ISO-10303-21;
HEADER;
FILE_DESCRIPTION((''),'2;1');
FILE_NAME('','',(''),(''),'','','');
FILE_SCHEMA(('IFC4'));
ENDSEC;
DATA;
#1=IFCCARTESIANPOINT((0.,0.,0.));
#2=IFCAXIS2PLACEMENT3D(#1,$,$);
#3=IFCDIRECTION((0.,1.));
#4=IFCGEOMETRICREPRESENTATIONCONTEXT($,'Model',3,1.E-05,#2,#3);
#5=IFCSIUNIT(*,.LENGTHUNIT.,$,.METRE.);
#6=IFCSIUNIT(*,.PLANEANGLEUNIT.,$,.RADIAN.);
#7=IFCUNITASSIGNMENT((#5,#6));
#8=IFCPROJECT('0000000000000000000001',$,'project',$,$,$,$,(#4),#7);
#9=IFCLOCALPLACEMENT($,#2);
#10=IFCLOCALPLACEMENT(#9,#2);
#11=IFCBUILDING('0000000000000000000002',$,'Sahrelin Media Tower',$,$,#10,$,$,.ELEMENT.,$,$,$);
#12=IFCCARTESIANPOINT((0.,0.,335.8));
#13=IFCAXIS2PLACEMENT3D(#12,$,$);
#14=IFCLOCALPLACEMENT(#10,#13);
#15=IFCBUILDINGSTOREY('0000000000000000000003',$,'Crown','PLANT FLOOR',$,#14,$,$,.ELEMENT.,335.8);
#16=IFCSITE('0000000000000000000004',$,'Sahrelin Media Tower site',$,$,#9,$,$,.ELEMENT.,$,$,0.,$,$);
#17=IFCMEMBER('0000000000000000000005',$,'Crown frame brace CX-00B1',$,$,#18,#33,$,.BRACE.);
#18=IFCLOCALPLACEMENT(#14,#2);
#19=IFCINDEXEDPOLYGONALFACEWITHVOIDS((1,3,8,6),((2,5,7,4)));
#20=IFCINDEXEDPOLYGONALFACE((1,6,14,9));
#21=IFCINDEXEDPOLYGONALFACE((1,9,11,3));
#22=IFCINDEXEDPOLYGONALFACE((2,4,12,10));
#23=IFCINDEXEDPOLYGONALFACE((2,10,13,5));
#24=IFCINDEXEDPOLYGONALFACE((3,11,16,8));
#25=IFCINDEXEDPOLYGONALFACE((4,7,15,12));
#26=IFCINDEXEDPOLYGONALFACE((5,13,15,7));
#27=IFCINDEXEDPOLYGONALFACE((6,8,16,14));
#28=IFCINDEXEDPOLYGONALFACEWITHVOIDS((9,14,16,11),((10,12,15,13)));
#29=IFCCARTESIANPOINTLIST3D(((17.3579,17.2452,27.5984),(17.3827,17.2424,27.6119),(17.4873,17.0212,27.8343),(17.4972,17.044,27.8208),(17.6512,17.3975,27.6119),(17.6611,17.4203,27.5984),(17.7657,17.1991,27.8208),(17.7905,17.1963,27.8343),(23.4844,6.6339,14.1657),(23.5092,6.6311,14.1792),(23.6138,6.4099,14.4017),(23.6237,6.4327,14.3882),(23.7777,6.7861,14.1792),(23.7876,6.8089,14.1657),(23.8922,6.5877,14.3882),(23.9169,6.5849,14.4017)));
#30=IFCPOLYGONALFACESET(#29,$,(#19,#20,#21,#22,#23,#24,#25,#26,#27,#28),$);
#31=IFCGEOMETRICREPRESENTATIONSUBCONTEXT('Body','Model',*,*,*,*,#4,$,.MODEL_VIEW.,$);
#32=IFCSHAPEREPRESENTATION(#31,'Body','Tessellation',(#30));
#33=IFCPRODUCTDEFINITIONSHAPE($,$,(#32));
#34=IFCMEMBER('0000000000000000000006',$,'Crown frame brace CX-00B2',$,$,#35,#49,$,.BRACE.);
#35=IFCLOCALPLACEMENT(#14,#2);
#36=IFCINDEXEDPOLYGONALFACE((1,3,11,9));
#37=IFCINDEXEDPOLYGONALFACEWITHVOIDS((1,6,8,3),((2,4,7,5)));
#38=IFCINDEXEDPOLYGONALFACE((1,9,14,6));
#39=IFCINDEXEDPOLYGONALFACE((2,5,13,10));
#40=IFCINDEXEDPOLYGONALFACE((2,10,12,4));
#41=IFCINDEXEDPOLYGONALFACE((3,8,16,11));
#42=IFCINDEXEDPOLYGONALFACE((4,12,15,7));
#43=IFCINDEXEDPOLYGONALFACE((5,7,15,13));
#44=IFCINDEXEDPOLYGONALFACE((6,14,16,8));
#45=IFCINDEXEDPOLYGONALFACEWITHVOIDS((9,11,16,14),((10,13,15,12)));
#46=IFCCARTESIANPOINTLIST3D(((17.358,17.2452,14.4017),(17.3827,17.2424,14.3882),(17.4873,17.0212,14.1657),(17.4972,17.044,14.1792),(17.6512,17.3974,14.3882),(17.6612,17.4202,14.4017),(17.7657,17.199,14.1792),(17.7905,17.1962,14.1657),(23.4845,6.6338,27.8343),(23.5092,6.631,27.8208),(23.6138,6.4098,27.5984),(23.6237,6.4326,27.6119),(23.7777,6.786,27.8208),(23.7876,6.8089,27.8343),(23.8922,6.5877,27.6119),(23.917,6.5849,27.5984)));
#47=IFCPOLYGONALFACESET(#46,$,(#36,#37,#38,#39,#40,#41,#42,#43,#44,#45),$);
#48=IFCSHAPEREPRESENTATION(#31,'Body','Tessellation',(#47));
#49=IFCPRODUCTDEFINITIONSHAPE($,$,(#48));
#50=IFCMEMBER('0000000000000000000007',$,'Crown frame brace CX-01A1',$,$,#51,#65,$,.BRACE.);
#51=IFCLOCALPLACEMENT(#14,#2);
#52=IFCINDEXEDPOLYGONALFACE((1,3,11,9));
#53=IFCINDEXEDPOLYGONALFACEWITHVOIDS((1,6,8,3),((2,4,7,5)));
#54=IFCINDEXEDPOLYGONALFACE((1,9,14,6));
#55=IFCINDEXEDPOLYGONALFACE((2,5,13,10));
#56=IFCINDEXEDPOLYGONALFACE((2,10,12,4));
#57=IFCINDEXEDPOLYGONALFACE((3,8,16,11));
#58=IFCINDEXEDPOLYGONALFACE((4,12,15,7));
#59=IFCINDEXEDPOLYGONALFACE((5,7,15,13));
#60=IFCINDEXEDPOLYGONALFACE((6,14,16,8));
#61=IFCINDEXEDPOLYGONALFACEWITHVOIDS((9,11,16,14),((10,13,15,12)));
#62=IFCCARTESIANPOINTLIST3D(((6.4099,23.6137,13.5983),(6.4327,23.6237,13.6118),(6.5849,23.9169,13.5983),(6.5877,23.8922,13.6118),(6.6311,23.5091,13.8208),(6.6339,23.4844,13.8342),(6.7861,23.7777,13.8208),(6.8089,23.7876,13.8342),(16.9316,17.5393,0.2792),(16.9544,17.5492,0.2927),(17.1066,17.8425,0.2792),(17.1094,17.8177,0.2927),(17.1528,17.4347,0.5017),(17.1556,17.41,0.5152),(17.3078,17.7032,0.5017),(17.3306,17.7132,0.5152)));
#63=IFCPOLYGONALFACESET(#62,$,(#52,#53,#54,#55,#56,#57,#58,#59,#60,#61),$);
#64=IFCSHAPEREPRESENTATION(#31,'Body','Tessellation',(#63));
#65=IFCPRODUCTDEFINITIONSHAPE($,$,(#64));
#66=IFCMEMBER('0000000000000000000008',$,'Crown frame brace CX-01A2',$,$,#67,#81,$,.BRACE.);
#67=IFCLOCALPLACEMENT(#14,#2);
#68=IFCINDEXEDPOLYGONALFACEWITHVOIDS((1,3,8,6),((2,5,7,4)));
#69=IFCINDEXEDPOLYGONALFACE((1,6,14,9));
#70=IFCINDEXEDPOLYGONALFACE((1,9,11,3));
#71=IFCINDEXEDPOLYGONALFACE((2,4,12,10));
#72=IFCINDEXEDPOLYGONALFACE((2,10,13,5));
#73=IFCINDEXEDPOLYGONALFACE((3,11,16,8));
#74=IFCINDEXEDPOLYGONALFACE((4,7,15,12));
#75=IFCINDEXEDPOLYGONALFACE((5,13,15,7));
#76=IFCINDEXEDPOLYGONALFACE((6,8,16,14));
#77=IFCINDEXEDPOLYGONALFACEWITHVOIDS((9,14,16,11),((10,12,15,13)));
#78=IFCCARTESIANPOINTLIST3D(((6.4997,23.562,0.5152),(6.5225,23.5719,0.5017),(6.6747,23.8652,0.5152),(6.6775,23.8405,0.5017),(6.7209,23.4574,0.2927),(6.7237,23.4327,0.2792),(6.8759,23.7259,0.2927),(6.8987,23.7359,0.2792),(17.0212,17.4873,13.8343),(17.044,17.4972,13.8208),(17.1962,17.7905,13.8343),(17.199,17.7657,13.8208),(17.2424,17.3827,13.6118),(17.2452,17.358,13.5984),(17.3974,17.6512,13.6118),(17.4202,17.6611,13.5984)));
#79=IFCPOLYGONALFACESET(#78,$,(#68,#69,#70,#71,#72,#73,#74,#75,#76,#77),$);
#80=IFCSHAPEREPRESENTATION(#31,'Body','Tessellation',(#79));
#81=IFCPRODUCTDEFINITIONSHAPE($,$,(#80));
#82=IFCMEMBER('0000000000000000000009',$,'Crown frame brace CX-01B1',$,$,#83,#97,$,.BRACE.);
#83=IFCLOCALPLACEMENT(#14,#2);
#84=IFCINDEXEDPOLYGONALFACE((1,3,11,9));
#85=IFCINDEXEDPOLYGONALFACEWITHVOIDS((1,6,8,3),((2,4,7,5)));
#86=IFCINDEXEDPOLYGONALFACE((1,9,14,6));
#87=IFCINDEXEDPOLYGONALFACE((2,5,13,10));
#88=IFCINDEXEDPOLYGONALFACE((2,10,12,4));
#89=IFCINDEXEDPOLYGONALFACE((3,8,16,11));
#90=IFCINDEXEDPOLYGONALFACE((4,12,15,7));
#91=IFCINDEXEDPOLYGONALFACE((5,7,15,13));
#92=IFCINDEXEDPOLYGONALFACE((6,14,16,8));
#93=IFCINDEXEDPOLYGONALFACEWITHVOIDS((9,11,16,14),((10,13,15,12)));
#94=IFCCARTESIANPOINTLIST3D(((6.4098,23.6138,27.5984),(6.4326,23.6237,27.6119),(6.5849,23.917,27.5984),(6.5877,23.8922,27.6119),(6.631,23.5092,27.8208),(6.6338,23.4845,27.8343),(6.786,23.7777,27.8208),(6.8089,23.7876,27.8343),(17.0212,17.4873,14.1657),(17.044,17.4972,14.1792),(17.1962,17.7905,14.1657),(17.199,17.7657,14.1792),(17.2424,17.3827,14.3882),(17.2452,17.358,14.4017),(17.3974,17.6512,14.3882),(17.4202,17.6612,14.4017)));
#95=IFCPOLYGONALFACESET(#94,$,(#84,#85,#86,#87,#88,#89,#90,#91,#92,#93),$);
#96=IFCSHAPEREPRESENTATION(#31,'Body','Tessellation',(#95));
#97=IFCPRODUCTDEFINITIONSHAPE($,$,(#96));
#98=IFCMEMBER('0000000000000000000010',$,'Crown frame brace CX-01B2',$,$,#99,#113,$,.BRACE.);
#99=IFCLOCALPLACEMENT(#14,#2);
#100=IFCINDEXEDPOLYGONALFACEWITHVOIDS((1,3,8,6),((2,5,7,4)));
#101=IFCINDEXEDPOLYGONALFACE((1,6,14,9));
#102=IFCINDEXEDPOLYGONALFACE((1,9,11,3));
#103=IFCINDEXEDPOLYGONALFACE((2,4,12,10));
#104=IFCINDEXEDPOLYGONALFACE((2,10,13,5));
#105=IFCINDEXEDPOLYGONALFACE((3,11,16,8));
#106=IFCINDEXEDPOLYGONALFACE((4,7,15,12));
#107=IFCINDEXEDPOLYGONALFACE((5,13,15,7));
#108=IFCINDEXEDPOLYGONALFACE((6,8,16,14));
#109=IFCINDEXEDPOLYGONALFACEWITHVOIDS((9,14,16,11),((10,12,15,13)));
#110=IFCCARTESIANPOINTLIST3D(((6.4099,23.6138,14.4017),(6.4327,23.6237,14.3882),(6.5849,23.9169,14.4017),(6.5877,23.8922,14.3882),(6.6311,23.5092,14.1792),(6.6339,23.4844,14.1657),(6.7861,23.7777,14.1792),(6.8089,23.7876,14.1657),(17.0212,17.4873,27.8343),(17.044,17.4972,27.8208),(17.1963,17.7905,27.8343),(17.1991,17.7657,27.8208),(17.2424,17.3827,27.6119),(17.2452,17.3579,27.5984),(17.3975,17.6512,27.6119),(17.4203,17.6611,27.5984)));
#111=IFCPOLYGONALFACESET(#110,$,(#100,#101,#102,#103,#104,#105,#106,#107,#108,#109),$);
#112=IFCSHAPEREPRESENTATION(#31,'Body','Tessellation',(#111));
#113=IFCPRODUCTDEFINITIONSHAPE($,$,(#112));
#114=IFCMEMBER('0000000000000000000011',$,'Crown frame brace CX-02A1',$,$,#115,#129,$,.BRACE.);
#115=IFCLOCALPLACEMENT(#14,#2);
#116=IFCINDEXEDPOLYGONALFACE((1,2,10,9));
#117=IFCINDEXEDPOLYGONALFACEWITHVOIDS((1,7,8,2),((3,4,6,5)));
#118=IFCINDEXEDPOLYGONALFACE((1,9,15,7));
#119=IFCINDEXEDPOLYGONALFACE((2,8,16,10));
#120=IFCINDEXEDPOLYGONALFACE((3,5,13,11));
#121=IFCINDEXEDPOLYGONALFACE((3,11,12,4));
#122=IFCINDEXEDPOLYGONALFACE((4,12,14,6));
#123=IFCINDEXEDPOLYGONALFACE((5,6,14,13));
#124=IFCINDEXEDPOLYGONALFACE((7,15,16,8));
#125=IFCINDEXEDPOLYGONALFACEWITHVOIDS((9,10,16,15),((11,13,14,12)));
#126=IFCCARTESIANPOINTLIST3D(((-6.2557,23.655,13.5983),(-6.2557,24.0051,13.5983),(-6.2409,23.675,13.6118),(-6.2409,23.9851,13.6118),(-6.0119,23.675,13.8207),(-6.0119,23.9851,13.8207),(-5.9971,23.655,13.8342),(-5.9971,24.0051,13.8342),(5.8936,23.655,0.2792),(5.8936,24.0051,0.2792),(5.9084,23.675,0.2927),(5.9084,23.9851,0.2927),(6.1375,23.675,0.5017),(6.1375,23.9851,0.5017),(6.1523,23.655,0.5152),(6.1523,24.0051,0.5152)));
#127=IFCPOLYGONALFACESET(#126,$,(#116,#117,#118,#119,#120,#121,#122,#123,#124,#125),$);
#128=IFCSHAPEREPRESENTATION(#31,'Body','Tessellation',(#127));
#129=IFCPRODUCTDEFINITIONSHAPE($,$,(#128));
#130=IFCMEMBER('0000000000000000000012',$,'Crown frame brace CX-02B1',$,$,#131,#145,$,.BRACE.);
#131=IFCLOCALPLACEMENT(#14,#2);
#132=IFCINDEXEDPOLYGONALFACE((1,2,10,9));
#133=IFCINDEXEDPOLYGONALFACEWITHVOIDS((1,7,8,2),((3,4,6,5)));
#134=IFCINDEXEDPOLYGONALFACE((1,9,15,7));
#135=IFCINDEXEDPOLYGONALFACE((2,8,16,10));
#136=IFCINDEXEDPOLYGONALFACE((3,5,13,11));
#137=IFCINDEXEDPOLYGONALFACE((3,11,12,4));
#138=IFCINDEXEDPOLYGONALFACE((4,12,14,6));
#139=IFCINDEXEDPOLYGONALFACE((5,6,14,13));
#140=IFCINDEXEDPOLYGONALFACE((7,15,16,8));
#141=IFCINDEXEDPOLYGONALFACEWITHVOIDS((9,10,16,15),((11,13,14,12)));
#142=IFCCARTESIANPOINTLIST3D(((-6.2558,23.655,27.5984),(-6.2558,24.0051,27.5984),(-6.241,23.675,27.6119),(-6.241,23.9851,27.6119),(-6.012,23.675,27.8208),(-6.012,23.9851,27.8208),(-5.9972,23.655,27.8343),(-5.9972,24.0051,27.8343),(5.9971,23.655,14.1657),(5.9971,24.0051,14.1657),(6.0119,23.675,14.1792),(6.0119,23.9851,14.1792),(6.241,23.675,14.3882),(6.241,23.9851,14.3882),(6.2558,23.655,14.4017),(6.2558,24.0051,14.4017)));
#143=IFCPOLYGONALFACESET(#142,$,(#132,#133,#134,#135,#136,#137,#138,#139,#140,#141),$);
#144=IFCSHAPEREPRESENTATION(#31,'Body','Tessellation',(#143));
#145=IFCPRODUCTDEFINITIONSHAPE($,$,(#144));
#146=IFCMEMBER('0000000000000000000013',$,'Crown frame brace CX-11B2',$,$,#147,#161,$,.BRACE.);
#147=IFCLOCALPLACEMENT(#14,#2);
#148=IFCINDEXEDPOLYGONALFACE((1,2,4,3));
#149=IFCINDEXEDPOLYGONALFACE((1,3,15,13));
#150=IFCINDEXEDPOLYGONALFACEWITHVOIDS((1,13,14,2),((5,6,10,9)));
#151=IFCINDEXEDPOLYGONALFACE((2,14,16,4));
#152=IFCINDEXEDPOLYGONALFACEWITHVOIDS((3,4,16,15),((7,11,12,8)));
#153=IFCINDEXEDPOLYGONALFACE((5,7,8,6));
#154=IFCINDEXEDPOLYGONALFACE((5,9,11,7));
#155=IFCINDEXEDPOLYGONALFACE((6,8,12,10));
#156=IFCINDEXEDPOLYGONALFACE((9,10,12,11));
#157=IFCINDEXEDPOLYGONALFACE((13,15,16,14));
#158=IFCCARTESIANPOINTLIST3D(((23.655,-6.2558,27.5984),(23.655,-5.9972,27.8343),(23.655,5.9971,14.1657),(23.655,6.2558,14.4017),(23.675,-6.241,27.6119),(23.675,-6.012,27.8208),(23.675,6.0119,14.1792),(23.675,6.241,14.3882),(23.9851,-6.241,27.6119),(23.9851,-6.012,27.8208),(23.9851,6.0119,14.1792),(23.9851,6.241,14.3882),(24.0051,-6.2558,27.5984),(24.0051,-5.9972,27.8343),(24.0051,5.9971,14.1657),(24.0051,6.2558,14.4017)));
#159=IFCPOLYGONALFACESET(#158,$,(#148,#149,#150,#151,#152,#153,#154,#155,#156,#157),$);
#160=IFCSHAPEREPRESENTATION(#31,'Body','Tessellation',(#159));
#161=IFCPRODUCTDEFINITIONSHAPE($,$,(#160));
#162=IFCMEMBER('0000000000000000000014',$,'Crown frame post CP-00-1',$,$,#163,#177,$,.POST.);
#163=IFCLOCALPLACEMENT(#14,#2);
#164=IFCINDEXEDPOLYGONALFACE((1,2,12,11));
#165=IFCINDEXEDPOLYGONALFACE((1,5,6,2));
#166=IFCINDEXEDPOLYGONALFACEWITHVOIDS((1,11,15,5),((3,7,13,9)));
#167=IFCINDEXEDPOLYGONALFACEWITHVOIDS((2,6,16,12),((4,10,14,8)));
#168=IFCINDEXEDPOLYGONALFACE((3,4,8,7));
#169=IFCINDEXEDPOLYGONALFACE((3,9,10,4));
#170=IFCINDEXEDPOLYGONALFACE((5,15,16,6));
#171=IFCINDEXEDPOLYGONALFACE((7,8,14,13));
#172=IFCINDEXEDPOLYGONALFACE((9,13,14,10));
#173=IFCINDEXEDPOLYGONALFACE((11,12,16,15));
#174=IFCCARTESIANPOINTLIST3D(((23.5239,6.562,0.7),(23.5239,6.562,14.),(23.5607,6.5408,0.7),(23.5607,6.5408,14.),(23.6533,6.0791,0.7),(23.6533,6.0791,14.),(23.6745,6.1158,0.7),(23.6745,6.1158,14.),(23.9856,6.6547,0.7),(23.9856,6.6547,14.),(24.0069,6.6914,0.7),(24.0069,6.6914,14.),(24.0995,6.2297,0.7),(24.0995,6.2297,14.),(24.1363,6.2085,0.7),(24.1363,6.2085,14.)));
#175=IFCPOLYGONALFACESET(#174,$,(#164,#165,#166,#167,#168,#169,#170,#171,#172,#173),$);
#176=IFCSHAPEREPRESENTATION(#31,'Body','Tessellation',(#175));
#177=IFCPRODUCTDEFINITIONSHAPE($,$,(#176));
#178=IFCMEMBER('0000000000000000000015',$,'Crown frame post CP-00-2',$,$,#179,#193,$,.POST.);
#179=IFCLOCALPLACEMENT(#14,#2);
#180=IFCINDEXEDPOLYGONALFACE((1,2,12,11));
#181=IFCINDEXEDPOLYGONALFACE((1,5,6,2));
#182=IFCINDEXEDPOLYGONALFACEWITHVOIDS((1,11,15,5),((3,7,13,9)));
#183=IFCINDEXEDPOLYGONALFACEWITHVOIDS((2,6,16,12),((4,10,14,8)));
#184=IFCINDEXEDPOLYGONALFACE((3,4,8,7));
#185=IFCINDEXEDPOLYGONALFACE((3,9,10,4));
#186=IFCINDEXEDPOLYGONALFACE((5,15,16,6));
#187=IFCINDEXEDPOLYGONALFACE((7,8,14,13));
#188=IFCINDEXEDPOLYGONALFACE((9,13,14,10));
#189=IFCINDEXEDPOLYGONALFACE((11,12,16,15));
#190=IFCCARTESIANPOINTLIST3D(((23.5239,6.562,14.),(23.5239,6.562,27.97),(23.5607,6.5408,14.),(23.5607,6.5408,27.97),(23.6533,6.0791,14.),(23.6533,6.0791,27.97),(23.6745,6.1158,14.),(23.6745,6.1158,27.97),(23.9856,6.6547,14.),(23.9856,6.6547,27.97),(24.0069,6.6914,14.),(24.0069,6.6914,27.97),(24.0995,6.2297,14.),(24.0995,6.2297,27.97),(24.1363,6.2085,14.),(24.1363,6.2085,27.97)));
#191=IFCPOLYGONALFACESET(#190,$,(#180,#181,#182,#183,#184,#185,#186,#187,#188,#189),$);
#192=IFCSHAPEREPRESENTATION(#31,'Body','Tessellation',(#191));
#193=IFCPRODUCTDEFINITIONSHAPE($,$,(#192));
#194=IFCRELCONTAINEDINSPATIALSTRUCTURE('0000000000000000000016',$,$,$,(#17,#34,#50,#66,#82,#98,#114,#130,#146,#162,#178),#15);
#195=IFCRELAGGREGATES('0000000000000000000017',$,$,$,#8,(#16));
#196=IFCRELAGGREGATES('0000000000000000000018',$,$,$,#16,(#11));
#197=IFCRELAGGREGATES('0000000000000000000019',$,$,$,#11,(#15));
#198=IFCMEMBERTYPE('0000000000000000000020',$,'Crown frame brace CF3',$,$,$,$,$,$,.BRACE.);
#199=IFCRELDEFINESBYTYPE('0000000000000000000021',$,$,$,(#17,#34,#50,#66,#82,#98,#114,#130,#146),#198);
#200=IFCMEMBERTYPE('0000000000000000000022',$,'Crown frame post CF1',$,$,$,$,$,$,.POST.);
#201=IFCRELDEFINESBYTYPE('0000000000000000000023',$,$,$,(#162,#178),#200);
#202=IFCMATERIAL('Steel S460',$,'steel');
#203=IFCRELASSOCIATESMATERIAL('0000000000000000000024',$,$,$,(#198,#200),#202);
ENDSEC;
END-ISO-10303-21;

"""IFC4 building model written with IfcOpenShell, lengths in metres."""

from ifc_helpers import new_model, si_unit, direction, frame, origin, origin_2d, place, context, subcontext, project, spatial, hollow_rectangle, extrude, material, material_profile, profile_set, type_object, element, save


model = new_model("IFC4")

# Units and contexts
model_context = context("Model", 3, precision=1e-05, world=origin(), true_north=direction((0.0, 1.0)))
body_context = subcontext(model_context, "Body", "Model", "MODEL_VIEW")
ifc_project = project(units=[si_unit("LENGTHUNIT", "METRE"), si_unit("PLANEANGLEUNIT", "RADIAN")], contexts=[model_context])

# Site, building, storey
site_placement = place(None, origin())
site = spatial("IfcSite", under=ifc_project, at=site_placement, Name="Sahrelin Media Tower site", CompositionType="ELEMENT", RefElevation=0.0)
building_placement = place(site_placement, origin())
building = spatial("IfcBuilding", under=site, at=building_placement, Name="Sahrelin Media Tower", CompositionType="ELEMENT")
storey_placement = place(building_placement, frame((0.0, 0.0, 335.8)))
storey = spatial("IfcBuildingStorey", under=building, at=storey_placement, Name="Crown", Description="PLANT FLOOR", CompositionType="ELEMENT", Elevation=335.8)

# Members
ifc_material_1 = material(Name="Steel S460", Category="steel")
ifc_material_profile_1 = material_profile(ifc_material_1, hollow_rectangle(XDim=0.3501, YDim=0.3501, WallThickness=0.02, at=origin_2d()), Name="Crown frame brace CF3")
ifc_profile_set_1 = profile_set([ifc_material_profile_1], Name="Steel S460")
member_type_1 = type_object("IfcMemberType", Name="Crown frame brace CF3", PredefinedType="BRACE", material=ifc_profile_set_1)
for number, where, z_axis, x_axis, name in (
    (1, (23.7007, 6.6094, 14.2837), (-0.33696, 0.583631, 0.738805), (-0.866025, -0.500001, 0.0), "Crown frame brace CX-00B1"),
    (2, (17.5742, 17.2207, 14.2837), (0.33696, -0.583631, 0.738805), (0.866025, 0.500001, 0.0), "Crown frame brace CX-00B2"),
):
    element("IfcMember", number, at=place(storey_placement, frame(where, z_axis=z_axis, x_axis=x_axis)), inside=storey, type_object=member_type_1, Name=name, PredefinedType="BRACE", context=body_context, shape_type="SweptSolid", body=[
        extrude(hollow_rectangle(XDim=0.3501, YDim=0.3501, WallThickness=0.02, at=origin_2d()), origin(), (0.0, 0.0, 1.0), 18.1816),
    ])
for number, where, z_axis, x_axis, name in (
    (3, (17.1311, 17.6262, 0.3972), (-0.583637, 0.336948, 0.738806), (-0.499984, -0.866035, 0.0), "Crown frame brace CX-01A1"),
    (4, (6.6992, 23.6489, 0.3972), (0.583625, -0.336963, 0.738808), (0.500008, 0.866021, 0.0), "Crown frame brace CX-01A2"),
):
    element("IfcMember", number, at=place(storey_placement, frame(where, z_axis=z_axis, x_axis=x_axis)), inside=storey, type_object=member_type_1, Name=name, PredefinedType="BRACE", context=body_context, shape_type="SweptSolid", body=[
        extrude(hollow_rectangle(XDim=0.3501, YDim=0.3501, WallThickness=0.02, at=origin_2d()), origin(), (0.0, 0.0, 1.0), 18.0278),
    ])
for number, where, z_axis, x_axis, name in (
    (5, (17.2207, 17.5742, 14.2837), (-0.583631, 0.33696, 0.738805), (-0.500001, -0.866025, 0.0), "Crown frame brace CX-01B1"),
    (6, (6.6094, 23.7007, 14.2837), (0.583631, -0.33696, 0.738805), (0.500001, 0.866025, 0.0), "Crown frame brace CX-01B2"),
):
    element("IfcMember", number, at=place(storey_placement, frame(where, z_axis=z_axis, x_axis=x_axis)), inside=storey, type_object=member_type_1, Name=name, PredefinedType="BRACE", context=body_context, shape_type="SweptSolid", body=[
        extrude(hollow_rectangle(XDim=0.3501, YDim=0.3501, WallThickness=0.02, at=origin_2d()), origin(), (0.0, 0.0, 1.0), 18.1816),
    ])
member_1_placement = place(storey_placement, frame((6.0229, 23.8301, 0.3972), z_axis=(-0.673922, 0.0, 0.738803), x_axis=(0.0, -1.0, 0.0)))
element("IfcMember", 7, at=member_1_placement, inside=storey, type_object=member_type_1, Name="Crown frame brace CX-02A1", PredefinedType="BRACE", context=body_context, shape_type="SweptSolid", body=[
    extrude(hollow_rectangle(XDim=0.3501, YDim=0.3501, WallThickness=0.02, at=origin_2d()), origin(), (0.0, 0.0, 1.0), 18.0278),
])
for number, where, z_axis, x_axis, name in (
    (8, (6.1265, 23.8301, 14.2837), (-0.67392, 0.0, 0.738804), (0.0, -1.0, 0.0), "Crown frame brace CX-02B1"),
    (9, (23.8301, 6.1265, 14.2837), (0.0, -0.67392, 0.738804), (1.0, 0.0, 0.0), "Crown frame brace CX-11B2"),
):
    element("IfcMember", number, at=place(storey_placement, frame(where, z_axis=z_axis, x_axis=x_axis)), inside=storey, type_object=member_type_1, Name=name, PredefinedType="BRACE", context=body_context, shape_type="SweptSolid", body=[
        extrude(hollow_rectangle(XDim=0.3501, YDim=0.3501, WallThickness=0.02, at=origin_2d()), origin(), (0.0, 0.0, 1.0), 18.1816),
    ])
ifc_material_profile_2 = material_profile(ifc_material_1, hollow_rectangle(XDim=0.5, YDim=0.5, WallThickness=0.03, at=origin_2d()), Name="Crown frame post CF1")
ifc_profile_set_2 = profile_set([ifc_material_profile_2], Name="Steel S460")
member_type_2 = type_object("IfcMemberType", Name="Crown frame post CF1", PredefinedType="POST", material=ifc_profile_set_2)
member_2_placement = place(storey_placement, frame((23.8301, 6.3853, 0.7), z_axis=(0.0, 0.0, 1.0), x_axis=(0.965926, 0.258819, 0.0)))
element("IfcMember", 10, at=member_2_placement, inside=storey, type_object=member_type_2, Name="Crown frame post CP-00-1", PredefinedType="POST", context=body_context, shape_type="SweptSolid", body=[
    extrude(hollow_rectangle(XDim=0.5, YDim=0.5, WallThickness=0.03, at=origin_2d()), origin(), (0.0, 0.0, 1.0), 13.3),
])
member_3_placement = place(storey_placement, frame((23.8301, 6.3853, 14.0), z_axis=(0.0, 0.0, 1.0), x_axis=(0.965926, 0.258819, 0.0)))
element("IfcMember", 11, at=member_3_placement, inside=storey, type_object=member_type_2, Name="Crown frame post CP-00-2", PredefinedType="POST", context=body_context, shape_type="SweptSolid", body=[
    extrude(hollow_rectangle(XDim=0.5, YDim=0.5, WallThickness=0.03, at=origin_2d()), origin(), (0.0, 0.0, 1.0), 13.97),
])

save(model, "model.ifc")
